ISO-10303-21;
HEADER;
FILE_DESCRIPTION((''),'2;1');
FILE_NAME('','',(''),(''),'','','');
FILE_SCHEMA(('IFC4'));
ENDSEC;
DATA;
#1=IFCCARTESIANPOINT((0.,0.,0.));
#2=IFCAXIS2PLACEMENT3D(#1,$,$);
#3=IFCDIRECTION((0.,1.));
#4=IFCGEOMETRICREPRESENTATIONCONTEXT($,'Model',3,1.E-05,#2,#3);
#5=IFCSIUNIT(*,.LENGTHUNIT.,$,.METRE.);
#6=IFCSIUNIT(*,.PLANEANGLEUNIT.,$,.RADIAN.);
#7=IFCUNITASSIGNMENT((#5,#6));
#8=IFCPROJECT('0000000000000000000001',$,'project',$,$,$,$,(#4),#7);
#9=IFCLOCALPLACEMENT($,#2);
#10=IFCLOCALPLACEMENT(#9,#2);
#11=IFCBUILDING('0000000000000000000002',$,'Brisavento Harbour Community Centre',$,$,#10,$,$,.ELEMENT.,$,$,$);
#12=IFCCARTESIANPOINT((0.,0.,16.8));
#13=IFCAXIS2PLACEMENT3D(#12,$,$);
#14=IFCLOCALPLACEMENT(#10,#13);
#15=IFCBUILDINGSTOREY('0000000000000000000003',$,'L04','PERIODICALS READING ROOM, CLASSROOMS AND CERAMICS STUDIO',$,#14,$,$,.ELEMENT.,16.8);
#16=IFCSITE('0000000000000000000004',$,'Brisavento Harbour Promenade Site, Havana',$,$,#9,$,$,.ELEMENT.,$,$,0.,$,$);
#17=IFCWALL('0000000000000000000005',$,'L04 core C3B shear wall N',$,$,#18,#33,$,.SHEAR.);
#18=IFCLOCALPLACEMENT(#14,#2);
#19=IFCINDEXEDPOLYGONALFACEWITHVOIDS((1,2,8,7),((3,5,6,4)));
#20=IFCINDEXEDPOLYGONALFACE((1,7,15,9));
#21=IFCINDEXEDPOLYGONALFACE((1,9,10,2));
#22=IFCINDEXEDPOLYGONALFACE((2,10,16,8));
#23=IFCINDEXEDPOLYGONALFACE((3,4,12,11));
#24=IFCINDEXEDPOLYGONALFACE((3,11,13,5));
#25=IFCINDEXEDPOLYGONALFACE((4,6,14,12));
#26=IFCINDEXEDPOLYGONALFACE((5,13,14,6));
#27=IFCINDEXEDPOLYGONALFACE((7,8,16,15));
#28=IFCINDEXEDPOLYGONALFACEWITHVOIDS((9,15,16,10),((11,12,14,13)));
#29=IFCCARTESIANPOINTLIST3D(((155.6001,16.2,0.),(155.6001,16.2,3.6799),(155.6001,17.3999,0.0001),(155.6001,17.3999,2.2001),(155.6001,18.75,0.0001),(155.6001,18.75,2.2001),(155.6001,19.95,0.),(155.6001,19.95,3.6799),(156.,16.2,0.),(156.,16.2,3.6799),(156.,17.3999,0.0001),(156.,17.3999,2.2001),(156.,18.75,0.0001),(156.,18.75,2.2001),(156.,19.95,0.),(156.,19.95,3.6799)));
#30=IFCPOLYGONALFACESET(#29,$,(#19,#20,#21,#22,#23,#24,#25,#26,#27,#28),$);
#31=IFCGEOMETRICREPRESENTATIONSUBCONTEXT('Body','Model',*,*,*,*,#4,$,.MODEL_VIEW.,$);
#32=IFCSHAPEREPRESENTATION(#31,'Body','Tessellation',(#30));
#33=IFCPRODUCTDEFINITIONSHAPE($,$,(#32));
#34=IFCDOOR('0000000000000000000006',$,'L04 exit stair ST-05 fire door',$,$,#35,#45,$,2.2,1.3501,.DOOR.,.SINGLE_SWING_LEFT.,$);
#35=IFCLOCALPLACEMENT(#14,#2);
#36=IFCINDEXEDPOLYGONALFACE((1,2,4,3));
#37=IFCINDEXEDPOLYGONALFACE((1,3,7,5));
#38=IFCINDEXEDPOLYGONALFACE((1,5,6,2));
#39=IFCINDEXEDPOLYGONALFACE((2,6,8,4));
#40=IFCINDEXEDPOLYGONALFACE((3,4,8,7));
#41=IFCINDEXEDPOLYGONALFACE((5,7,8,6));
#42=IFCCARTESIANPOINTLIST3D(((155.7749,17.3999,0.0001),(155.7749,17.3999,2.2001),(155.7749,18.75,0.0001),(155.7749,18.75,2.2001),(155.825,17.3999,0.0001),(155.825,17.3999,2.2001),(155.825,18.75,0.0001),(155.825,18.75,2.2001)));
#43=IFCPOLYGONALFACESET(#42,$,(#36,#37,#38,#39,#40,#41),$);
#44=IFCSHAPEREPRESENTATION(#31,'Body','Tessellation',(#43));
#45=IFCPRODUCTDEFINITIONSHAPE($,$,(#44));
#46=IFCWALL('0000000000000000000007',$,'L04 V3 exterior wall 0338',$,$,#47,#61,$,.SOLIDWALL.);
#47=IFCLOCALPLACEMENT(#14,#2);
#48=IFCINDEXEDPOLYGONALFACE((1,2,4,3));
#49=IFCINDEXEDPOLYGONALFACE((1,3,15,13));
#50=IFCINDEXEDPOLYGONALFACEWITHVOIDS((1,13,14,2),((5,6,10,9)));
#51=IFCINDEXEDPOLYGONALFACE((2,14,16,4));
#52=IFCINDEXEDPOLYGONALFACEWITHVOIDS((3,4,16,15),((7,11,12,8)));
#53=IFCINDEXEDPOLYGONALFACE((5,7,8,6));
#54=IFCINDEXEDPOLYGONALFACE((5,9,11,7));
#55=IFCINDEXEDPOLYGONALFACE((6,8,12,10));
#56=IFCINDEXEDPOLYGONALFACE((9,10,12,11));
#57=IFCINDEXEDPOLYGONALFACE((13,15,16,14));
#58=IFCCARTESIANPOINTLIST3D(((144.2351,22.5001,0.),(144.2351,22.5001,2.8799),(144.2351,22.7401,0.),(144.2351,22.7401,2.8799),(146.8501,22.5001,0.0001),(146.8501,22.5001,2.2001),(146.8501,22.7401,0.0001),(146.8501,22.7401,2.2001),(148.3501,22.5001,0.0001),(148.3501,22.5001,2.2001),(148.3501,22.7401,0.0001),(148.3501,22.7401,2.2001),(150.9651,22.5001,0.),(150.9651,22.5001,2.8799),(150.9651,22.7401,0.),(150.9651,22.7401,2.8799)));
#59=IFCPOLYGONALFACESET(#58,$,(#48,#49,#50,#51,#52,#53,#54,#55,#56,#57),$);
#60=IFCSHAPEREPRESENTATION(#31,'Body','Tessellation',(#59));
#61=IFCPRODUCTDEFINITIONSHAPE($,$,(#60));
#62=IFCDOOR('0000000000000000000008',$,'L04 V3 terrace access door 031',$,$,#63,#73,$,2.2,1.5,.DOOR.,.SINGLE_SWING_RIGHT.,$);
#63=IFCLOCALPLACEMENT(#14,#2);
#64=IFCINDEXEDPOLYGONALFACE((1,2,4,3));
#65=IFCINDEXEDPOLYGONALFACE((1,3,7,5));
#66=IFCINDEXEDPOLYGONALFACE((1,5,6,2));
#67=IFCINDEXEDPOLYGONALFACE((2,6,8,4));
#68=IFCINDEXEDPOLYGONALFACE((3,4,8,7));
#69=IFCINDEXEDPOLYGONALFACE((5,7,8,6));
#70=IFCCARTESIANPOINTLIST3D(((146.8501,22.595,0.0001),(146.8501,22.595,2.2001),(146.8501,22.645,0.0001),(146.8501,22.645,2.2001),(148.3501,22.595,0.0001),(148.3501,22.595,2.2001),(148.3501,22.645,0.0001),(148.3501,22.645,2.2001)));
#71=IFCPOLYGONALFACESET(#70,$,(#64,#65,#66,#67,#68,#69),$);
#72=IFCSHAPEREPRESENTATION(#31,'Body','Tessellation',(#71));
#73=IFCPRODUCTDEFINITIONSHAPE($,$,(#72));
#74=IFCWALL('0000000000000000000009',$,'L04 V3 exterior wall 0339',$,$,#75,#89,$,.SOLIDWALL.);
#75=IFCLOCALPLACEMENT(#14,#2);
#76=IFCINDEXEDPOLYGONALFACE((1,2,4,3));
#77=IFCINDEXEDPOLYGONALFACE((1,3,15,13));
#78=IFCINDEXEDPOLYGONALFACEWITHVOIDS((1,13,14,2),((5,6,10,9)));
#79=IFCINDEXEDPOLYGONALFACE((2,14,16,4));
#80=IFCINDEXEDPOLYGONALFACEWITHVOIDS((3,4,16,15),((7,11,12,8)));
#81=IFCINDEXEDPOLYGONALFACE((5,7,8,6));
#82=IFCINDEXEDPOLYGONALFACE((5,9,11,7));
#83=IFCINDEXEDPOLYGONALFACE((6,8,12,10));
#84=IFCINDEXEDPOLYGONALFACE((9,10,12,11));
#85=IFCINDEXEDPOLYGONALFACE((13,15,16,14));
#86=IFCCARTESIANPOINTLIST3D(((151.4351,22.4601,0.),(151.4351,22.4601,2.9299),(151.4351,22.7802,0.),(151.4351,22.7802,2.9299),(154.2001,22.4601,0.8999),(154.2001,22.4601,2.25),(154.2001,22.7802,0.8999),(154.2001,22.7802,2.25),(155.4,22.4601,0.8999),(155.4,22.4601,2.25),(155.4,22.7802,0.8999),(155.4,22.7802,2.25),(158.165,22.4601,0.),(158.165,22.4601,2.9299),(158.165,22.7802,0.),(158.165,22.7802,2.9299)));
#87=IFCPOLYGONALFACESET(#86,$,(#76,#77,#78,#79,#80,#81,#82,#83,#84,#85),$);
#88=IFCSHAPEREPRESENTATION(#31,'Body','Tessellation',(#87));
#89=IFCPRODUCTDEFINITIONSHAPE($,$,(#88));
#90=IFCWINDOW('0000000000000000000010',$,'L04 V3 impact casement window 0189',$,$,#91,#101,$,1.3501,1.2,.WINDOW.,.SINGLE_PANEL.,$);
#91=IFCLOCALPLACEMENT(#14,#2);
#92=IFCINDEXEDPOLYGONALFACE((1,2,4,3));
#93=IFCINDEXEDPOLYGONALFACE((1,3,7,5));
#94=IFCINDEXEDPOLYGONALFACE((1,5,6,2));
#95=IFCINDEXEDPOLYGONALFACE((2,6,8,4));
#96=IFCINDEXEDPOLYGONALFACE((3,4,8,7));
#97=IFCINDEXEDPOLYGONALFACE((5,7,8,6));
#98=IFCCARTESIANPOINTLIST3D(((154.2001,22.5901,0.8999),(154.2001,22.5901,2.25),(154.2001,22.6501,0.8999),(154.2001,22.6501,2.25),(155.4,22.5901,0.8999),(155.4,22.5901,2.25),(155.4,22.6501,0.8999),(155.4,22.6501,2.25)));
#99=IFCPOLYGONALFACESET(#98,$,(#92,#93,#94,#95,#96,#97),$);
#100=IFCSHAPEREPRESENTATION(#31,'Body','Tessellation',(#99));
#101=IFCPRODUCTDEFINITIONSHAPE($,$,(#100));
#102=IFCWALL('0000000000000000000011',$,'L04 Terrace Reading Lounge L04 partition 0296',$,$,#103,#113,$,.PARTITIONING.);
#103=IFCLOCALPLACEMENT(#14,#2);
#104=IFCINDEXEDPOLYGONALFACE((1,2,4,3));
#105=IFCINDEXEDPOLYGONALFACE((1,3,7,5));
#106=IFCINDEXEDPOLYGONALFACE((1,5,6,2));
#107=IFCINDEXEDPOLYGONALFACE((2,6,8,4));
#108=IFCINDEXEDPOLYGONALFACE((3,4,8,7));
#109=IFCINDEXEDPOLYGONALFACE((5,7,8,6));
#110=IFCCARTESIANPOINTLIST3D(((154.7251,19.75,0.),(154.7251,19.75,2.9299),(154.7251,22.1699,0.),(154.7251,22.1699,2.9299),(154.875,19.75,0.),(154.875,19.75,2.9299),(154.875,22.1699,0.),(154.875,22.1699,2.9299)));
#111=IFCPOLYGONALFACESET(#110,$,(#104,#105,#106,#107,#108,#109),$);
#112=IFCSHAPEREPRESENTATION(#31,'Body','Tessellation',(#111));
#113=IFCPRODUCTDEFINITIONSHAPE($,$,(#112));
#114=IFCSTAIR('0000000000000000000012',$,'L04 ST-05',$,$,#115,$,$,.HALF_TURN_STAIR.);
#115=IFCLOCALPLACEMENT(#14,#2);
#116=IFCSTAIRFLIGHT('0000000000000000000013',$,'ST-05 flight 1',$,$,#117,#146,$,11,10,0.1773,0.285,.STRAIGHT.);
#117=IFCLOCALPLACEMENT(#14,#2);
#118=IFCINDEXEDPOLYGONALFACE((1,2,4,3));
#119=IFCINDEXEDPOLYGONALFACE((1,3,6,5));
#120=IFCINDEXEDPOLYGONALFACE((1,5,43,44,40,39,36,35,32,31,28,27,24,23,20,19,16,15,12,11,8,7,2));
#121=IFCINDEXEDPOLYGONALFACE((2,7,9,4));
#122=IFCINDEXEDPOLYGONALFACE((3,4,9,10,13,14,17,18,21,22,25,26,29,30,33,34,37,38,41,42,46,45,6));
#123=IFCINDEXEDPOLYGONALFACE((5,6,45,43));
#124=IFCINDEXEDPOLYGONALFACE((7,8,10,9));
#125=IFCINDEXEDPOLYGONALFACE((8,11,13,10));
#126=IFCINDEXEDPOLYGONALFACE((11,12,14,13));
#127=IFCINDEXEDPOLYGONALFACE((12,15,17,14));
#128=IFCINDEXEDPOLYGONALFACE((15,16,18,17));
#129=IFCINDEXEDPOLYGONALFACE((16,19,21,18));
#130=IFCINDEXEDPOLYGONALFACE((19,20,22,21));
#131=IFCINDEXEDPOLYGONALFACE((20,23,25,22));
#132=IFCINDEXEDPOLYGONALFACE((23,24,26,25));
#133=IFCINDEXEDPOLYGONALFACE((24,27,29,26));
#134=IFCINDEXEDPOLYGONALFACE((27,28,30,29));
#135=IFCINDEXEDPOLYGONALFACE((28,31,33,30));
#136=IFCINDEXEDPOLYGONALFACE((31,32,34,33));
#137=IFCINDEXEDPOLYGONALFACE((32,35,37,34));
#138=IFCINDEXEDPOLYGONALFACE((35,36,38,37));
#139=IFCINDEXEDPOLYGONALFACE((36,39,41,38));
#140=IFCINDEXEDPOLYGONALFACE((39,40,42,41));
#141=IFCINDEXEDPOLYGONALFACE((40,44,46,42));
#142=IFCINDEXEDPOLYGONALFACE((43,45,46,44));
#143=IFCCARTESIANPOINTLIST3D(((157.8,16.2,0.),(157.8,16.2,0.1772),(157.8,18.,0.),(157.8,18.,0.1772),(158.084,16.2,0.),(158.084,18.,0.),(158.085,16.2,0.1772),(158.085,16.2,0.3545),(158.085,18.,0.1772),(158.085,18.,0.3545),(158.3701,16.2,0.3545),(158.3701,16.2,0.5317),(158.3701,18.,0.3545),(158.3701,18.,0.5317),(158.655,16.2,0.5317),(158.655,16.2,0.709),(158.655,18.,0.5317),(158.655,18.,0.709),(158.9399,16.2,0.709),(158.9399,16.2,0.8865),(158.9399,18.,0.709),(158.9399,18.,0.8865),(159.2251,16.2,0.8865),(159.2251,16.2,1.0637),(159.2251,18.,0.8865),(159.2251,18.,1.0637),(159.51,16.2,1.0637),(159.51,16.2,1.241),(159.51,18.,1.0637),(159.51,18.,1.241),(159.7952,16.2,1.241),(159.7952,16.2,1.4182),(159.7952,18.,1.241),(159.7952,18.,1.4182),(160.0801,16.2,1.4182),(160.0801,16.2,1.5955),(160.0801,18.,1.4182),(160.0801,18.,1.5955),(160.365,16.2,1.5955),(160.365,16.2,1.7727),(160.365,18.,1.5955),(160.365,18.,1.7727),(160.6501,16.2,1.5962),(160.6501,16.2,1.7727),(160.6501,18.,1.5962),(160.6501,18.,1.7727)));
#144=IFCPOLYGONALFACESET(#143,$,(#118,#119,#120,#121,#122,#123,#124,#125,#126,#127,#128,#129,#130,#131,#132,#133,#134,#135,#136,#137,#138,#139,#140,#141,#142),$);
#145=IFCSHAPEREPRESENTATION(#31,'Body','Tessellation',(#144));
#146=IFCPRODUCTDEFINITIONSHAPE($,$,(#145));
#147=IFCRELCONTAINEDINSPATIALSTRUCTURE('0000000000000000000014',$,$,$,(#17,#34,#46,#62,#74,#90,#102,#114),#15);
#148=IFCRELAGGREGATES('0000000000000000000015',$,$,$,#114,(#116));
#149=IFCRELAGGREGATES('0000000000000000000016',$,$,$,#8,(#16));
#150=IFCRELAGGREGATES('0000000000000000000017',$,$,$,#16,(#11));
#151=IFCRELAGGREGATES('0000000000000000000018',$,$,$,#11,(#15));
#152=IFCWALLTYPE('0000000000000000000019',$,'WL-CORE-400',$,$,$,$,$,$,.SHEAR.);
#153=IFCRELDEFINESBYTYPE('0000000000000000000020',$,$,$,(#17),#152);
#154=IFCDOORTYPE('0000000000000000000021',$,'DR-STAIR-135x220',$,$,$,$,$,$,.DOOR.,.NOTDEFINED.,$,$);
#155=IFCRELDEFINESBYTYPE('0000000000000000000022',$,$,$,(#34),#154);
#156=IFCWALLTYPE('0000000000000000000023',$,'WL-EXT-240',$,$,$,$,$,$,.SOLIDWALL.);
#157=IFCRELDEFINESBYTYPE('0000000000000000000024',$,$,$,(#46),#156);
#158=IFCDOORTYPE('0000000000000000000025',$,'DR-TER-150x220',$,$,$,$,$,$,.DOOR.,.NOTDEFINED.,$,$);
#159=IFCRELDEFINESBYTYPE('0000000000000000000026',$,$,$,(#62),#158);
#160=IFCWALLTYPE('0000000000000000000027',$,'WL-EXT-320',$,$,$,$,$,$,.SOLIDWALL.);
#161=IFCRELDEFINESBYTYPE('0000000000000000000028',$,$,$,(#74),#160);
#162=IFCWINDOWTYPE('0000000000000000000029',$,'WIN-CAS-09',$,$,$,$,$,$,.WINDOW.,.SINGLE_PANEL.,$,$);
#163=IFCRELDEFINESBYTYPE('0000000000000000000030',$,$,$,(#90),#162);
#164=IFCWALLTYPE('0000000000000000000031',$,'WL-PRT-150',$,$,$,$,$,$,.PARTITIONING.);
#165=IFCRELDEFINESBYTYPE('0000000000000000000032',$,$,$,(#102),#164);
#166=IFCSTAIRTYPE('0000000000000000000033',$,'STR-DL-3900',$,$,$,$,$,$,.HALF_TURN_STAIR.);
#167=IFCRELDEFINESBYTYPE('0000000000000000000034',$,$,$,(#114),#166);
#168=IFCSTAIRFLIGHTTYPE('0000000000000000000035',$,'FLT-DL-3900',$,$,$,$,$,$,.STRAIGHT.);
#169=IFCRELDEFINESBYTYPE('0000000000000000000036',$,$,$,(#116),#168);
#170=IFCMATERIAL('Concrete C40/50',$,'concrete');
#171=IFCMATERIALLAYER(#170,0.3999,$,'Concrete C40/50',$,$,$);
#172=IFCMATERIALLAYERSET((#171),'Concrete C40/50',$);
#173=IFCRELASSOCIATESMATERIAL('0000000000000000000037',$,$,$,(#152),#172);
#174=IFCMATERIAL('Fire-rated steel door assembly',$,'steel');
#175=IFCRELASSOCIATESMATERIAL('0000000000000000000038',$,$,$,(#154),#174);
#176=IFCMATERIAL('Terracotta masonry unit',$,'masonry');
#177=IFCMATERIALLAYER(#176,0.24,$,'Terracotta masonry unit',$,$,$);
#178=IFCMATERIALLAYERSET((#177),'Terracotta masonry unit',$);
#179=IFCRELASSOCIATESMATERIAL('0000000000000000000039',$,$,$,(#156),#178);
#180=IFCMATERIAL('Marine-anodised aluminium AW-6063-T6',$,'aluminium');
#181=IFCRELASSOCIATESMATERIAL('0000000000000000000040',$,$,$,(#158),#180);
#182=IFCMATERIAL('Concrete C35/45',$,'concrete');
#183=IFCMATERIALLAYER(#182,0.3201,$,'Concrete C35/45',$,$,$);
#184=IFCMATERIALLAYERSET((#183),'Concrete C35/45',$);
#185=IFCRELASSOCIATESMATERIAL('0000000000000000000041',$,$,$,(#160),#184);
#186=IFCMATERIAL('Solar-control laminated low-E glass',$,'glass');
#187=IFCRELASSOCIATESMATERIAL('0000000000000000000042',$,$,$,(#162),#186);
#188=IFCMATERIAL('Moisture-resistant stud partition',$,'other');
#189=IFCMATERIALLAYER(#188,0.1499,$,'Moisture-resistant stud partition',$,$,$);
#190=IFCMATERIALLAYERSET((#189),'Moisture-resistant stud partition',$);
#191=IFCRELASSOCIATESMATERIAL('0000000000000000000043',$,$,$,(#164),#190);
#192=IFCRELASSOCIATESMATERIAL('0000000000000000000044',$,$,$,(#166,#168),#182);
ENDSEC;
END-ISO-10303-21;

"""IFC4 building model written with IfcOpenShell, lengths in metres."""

from ifc_helpers import new_model, si_unit, direction, frame, frame_2d, origin, place, context, subcontext, project, spatial, polyline, rectangle, outline, extrude, material, layer, layer_set, type_object, element, fill, aggregate, save


model = new_model("IFC4")

# Units and contexts
model_context = context("Model", 3, precision=1e-05, world=origin(), true_north=direction((0.0, 1.0)))
body_context = subcontext(model_context, "Body", "Model", "MODEL_VIEW")
ifc_project = project(units=[si_unit("LENGTHUNIT", "METRE"), si_unit("PLANEANGLEUNIT", "RADIAN")], contexts=[model_context])

# Site, building, storey
site_placement = place(None, origin())
site = spatial("IfcSite", under=ifc_project, at=site_placement, Name="Brisavento Harbour Promenade Site, Havana", CompositionType="ELEMENT", RefElevation=0.0)
building_placement = place(site_placement, origin())
building = spatial("IfcBuilding", under=site, at=building_placement, Name="Brisavento Harbour Community Centre", CompositionType="ELEMENT")
storey_placement = place(building_placement, frame((0.0, 0.0, 16.8)))
storey = spatial("IfcBuildingStorey", under=building, at=storey_placement, Name="L04", Description="PERIODICALS READING ROOM, CLASSROOMS AND CERAMICS STUDIO", CompositionType="ELEMENT", Elevation=16.8)

# Shared definitions
ifc_material_1 = material(Name="Concrete C35/45", Category="concrete")

# Shared definitions
ifc_material_2 = material(Name="Concrete C40/50", Category="concrete")
ifc_layer_1 = layer(ifc_material_2, 0.3999, Name="Concrete C40/50")
ifc_layer_set_1 = layer_set([ifc_layer_1], Name="Concrete C40/50")
wall_type_1 = type_object("IfcWallType", Name="WL-CORE-400", PredefinedType="SHEAR", material=ifc_layer_set_1)

# Walls, openings, doors
wall_1_placement = place(storey_placement, frame((155.8, 19.95, 0.0), z_axis=(0.0, 0.0, 1.0), x_axis=(0.0, -1.0, 0.0)))
wall_1 = element("IfcWall", 1, at=wall_1_placement, inside=storey, type_object=wall_type_1, Name="L04 core C3B shear wall N", PredefinedType="SHEAR", context=body_context, shape_type="SweptSolid", body=[
    extrude(rectangle(XDim=3.75, YDim=0.3999, at=frame_2d((1.875, 0.0))), origin(), (0.0, 0.0, 1.0), 3.6799),
])
opening_1_placement = place(wall_1_placement, frame((1.2, 0.0, 0.0)))
opening_1 = element("IfcOpeningElement", 2, at=opening_1_placement, cuts=wall_1, PredefinedType="OPENING", context=body_context, shape_type="SweptSolid", body=[
    extrude(rectangle(XDim=1.3501, YDim=2.2, at=frame_2d((0.675, 1.1001))), frame((0.0, 0.21, 0.0), z_axis=(0.0, -1.0, 0.0), x_axis=(1.0, 0.0, 0.0)), (0.0, 0.0, 1.0), 0.4199),
])
ifc_material_3 = material(Name="Fire-rated steel door assembly", Category="steel")
door_type_1 = type_object("IfcDoorType", Name="DR-STAIR-135x220", OperationType="NOTDEFINED", PredefinedType="DOOR", material=ifc_material_3)
door_1_placement = place(opening_1_placement, origin())
door_1 = element("IfcDoor", 3, at=door_1_placement, inside=storey, type_object=door_type_1, Name="L04 exit stair ST-05 fire door", OperationType="SINGLE_SWING_LEFT", OverallHeight=2.2, OverallWidth=1.3501, PredefinedType="DOOR", context=body_context, shape_type="SweptSolid", body=[
    extrude(rectangle(XDim=1.3501, YDim=2.2, at=frame_2d((0.675, 1.1001))), frame((0.0, 0.0249, 0.0), z_axis=(0.0, -1.0, 0.0), x_axis=(1.0, 0.0, 0.0)), (0.0, 0.0, 1.0), 0.05),
])
fill(opening_1, door_1)
ifc_material_4 = material(Name="Terracotta masonry unit", Category="masonry")
ifc_layer_2 = layer(ifc_material_4, 0.24, Name="Terracotta masonry unit")
ifc_layer_set_2 = layer_set([ifc_layer_2], Name="Terracotta masonry unit")
wall_type_2 = type_object("IfcWallType", Name="WL-EXT-240", PredefinedType="SOLIDWALL", material=ifc_layer_set_2)
wall_2_placement = place(storey_placement, frame((144.2351, 22.6201, 0.0), z_axis=(0.0, 0.0, 1.0), x_axis=(1.0, 0.0, 0.0)))
wall_2 = element("IfcWall", 4, at=wall_2_placement, inside=storey, type_object=wall_type_2, Name="L04 V3 exterior wall 0338", PredefinedType="SOLIDWALL", context=body_context, shape_type="SweptSolid", body=[
    extrude(rectangle(XDim=6.73, YDim=0.24, at=frame_2d((3.365, 0.0))), origin(), (0.0, 0.0, 1.0), 2.8799),
])
opening_2_placement = place(wall_2_placement, frame((2.615, 0.0, 0.0)))
opening_2 = element("IfcOpeningElement", 5, at=opening_2_placement, cuts=wall_2, PredefinedType="OPENING", context=body_context, shape_type="SweptSolid", body=[
    extrude(rectangle(XDim=1.5, YDim=2.2, at=frame_2d((0.75, 1.1001))), frame((0.0, 0.1299, 0.0), z_axis=(0.0, -1.0, 0.0), x_axis=(1.0, 0.0, 0.0)), (0.0, 0.0, 1.0), 0.26),
])
ifc_material_5 = material(Name="Marine-anodised aluminium AW-6063-T6", Category="aluminium")
door_type_2 = type_object("IfcDoorType", Name="DR-TER-150x220", OperationType="NOTDEFINED", PredefinedType="DOOR", material=ifc_material_5)
door_2_placement = place(opening_2_placement, origin())
door_2 = element("IfcDoor", 6, at=door_2_placement, inside=storey, type_object=door_type_2, Name="L04 V3 terrace access door 031", OperationType="SINGLE_SWING_RIGHT", OverallHeight=2.2, OverallWidth=1.5, PredefinedType="DOOR", context=body_context, shape_type="SweptSolid", body=[
    extrude(rectangle(XDim=1.5, YDim=2.2, at=frame_2d((0.75, 1.1001))), frame((0.0, 0.0249, 0.0), z_axis=(0.0, -1.0, 0.0), x_axis=(1.0, 0.0, 0.0)), (0.0, 0.0, 1.0), 0.05),
])
fill(opening_2, door_2)

# Wall, opening, window
ifc_layer_3 = layer(ifc_material_1, 0.3201, Name="Concrete C35/45")
ifc_layer_set_3 = layer_set([ifc_layer_3], Name="Concrete C35/45")
wall_type_3 = type_object("IfcWallType", Name="WL-EXT-320", PredefinedType="SOLIDWALL", material=ifc_layer_set_3)
wall_3_placement = place(storey_placement, frame((151.4351, 22.6201, 0.0), z_axis=(0.0, 0.0, 1.0), x_axis=(1.0, 0.0, 0.0)))
wall_3 = element("IfcWall", 7, at=wall_3_placement, inside=storey, type_object=wall_type_3, Name="L04 V3 exterior wall 0339", PredefinedType="SOLIDWALL", context=body_context, shape_type="SweptSolid", body=[
    extrude(rectangle(XDim=6.73, YDim=0.3201, at=frame_2d((3.365, 0.0))), origin(), (0.0, 0.0, 1.0), 2.9299),
])
opening_3_placement = place(wall_3_placement, frame((2.7649, 0.0, 0.8999)))
opening_3 = element("IfcOpeningElement", 8, at=opening_3_placement, cuts=wall_3, PredefinedType="OPENING", context=body_context, shape_type="SweptSolid", body=[
    extrude(rectangle(XDim=1.2, YDim=1.3501, at=frame_2d((0.6001, 0.675))), frame((0.0, 0.1699, 0.0), z_axis=(0.0, -1.0, 0.0), x_axis=(1.0, 0.0, 0.0)), (0.0, 0.0, 1.0), 0.3401),
])
ifc_material_6 = material(Name="Solar-control laminated low-E glass", Category="glass")
window_type = type_object("IfcWindowType", Name="WIN-CAS-09", PartitioningType="SINGLE_PANEL", PredefinedType="WINDOW", material=ifc_material_6)
window_placement = place(opening_3_placement, origin())
window = element("IfcWindow", 9, at=window_placement, inside=storey, type_object=window_type, Name="L04 V3 impact casement window 0189", OverallHeight=1.3501, OverallWidth=1.2, PartitioningType="SINGLE_PANEL", PredefinedType="WINDOW", context=body_context, shape_type="SweptSolid", body=[
    extrude(rectangle(XDim=1.2, YDim=1.3501, at=frame_2d((0.6001, 0.675))), frame((0.0, 0.03, 0.0), z_axis=(0.0, -1.0, 0.0), x_axis=(1.0, 0.0, 0.0)), (0.0, 0.0, 1.0), 0.0601),
])
fill(opening_3, window)

# Wall
ifc_material_7 = material(Name="Moisture-resistant stud partition", Category="other")
ifc_layer_4 = layer(ifc_material_7, 0.1499, Name="Moisture-resistant stud partition")
ifc_layer_set_4 = layer_set([ifc_layer_4], Name="Moisture-resistant stud partition")
wall_type_4 = type_object("IfcWallType", Name="WL-PRT-150", PredefinedType="PARTITIONING", material=ifc_layer_set_4)
wall_4_placement = place(storey_placement, frame((154.8, 19.75, 0.0), z_axis=(0.0, 0.0, 1.0), x_axis=(0.0, 1.0, 0.0)))
element("IfcWall", 10, at=wall_4_placement, inside=storey, type_object=wall_type_4, Name="L04 Terrace Reading Lounge L04 partition 0296", PredefinedType="PARTITIONING", context=body_context, shape_type="SweptSolid", body=[
    extrude(rectangle(XDim=2.4199, YDim=0.1499, at=frame_2d((1.21, 0.0))), origin(), (0.0, 0.0, 1.0), 2.9299),
])

# Stair, stair flight
stair_type = type_object("IfcStairType", Name="STR-DL-3900", PredefinedType="HALF_TURN_STAIR", material=ifc_material_1)
stair_placement = place(storey_placement, origin())
stair = element("IfcStair", 11, at=stair_placement, inside=storey, type_object=stair_type, Name="L04 ST-05", PredefinedType="HALF_TURN_STAIR")
stair_flight_type = type_object("IfcStairFlightType", Name="FLT-DL-3900", PredefinedType="STRAIGHT", material=ifc_material_1)
stair_flight_placement = place(storey_placement, frame((157.8, 17.1001, 0.0), z_axis=(0.0, 0.0, 1.0), x_axis=(1.0, 0.0, 0.0)))
stair_flight = element("IfcStairFlight", 12, at=stair_flight_placement, type_object=stair_flight_type, Name="ST-05 flight 1", NumberOfRisers=11, NumberOfTreads=10, PredefinedType="STRAIGHT", RiserHeight=0.1773, TreadLength=0.285, context=body_context, shape_type="SweptSolid", body=[
    extrude(outline(polyline([(0.0, 0.0), (0.0, 0.1772), (0.2849, 0.1772), (0.2849, 0.3545), (0.5701, 0.3545), (0.5701, 0.5317), (0.855, 0.5317), (0.855, 0.709), (1.1399, 0.709), (1.1399, 0.8865), (1.425, 0.8865), (1.425, 1.0637), (1.71, 1.0637), (1.71, 1.241), (1.9951, 1.241), (1.9951, 1.4182), (2.28, 1.4182), (2.28, 1.5955), (2.5649, 1.5955), (2.5649, 1.7727), (2.8501, 1.7727), (2.8501, 1.95), (2.8501, 1.5962), (0.2839, 0.0), (0.0, 0.0)])), frame((0.0, 0.8999, 0.0), z_axis=(0.0, -1.0, 0.0), x_axis=(1.0, 0.0, 0.0)), (0.0, 0.0, 1.0), 1.8),
])
aggregate(stair, [stair_flight])

save(model, "model.ifc")
